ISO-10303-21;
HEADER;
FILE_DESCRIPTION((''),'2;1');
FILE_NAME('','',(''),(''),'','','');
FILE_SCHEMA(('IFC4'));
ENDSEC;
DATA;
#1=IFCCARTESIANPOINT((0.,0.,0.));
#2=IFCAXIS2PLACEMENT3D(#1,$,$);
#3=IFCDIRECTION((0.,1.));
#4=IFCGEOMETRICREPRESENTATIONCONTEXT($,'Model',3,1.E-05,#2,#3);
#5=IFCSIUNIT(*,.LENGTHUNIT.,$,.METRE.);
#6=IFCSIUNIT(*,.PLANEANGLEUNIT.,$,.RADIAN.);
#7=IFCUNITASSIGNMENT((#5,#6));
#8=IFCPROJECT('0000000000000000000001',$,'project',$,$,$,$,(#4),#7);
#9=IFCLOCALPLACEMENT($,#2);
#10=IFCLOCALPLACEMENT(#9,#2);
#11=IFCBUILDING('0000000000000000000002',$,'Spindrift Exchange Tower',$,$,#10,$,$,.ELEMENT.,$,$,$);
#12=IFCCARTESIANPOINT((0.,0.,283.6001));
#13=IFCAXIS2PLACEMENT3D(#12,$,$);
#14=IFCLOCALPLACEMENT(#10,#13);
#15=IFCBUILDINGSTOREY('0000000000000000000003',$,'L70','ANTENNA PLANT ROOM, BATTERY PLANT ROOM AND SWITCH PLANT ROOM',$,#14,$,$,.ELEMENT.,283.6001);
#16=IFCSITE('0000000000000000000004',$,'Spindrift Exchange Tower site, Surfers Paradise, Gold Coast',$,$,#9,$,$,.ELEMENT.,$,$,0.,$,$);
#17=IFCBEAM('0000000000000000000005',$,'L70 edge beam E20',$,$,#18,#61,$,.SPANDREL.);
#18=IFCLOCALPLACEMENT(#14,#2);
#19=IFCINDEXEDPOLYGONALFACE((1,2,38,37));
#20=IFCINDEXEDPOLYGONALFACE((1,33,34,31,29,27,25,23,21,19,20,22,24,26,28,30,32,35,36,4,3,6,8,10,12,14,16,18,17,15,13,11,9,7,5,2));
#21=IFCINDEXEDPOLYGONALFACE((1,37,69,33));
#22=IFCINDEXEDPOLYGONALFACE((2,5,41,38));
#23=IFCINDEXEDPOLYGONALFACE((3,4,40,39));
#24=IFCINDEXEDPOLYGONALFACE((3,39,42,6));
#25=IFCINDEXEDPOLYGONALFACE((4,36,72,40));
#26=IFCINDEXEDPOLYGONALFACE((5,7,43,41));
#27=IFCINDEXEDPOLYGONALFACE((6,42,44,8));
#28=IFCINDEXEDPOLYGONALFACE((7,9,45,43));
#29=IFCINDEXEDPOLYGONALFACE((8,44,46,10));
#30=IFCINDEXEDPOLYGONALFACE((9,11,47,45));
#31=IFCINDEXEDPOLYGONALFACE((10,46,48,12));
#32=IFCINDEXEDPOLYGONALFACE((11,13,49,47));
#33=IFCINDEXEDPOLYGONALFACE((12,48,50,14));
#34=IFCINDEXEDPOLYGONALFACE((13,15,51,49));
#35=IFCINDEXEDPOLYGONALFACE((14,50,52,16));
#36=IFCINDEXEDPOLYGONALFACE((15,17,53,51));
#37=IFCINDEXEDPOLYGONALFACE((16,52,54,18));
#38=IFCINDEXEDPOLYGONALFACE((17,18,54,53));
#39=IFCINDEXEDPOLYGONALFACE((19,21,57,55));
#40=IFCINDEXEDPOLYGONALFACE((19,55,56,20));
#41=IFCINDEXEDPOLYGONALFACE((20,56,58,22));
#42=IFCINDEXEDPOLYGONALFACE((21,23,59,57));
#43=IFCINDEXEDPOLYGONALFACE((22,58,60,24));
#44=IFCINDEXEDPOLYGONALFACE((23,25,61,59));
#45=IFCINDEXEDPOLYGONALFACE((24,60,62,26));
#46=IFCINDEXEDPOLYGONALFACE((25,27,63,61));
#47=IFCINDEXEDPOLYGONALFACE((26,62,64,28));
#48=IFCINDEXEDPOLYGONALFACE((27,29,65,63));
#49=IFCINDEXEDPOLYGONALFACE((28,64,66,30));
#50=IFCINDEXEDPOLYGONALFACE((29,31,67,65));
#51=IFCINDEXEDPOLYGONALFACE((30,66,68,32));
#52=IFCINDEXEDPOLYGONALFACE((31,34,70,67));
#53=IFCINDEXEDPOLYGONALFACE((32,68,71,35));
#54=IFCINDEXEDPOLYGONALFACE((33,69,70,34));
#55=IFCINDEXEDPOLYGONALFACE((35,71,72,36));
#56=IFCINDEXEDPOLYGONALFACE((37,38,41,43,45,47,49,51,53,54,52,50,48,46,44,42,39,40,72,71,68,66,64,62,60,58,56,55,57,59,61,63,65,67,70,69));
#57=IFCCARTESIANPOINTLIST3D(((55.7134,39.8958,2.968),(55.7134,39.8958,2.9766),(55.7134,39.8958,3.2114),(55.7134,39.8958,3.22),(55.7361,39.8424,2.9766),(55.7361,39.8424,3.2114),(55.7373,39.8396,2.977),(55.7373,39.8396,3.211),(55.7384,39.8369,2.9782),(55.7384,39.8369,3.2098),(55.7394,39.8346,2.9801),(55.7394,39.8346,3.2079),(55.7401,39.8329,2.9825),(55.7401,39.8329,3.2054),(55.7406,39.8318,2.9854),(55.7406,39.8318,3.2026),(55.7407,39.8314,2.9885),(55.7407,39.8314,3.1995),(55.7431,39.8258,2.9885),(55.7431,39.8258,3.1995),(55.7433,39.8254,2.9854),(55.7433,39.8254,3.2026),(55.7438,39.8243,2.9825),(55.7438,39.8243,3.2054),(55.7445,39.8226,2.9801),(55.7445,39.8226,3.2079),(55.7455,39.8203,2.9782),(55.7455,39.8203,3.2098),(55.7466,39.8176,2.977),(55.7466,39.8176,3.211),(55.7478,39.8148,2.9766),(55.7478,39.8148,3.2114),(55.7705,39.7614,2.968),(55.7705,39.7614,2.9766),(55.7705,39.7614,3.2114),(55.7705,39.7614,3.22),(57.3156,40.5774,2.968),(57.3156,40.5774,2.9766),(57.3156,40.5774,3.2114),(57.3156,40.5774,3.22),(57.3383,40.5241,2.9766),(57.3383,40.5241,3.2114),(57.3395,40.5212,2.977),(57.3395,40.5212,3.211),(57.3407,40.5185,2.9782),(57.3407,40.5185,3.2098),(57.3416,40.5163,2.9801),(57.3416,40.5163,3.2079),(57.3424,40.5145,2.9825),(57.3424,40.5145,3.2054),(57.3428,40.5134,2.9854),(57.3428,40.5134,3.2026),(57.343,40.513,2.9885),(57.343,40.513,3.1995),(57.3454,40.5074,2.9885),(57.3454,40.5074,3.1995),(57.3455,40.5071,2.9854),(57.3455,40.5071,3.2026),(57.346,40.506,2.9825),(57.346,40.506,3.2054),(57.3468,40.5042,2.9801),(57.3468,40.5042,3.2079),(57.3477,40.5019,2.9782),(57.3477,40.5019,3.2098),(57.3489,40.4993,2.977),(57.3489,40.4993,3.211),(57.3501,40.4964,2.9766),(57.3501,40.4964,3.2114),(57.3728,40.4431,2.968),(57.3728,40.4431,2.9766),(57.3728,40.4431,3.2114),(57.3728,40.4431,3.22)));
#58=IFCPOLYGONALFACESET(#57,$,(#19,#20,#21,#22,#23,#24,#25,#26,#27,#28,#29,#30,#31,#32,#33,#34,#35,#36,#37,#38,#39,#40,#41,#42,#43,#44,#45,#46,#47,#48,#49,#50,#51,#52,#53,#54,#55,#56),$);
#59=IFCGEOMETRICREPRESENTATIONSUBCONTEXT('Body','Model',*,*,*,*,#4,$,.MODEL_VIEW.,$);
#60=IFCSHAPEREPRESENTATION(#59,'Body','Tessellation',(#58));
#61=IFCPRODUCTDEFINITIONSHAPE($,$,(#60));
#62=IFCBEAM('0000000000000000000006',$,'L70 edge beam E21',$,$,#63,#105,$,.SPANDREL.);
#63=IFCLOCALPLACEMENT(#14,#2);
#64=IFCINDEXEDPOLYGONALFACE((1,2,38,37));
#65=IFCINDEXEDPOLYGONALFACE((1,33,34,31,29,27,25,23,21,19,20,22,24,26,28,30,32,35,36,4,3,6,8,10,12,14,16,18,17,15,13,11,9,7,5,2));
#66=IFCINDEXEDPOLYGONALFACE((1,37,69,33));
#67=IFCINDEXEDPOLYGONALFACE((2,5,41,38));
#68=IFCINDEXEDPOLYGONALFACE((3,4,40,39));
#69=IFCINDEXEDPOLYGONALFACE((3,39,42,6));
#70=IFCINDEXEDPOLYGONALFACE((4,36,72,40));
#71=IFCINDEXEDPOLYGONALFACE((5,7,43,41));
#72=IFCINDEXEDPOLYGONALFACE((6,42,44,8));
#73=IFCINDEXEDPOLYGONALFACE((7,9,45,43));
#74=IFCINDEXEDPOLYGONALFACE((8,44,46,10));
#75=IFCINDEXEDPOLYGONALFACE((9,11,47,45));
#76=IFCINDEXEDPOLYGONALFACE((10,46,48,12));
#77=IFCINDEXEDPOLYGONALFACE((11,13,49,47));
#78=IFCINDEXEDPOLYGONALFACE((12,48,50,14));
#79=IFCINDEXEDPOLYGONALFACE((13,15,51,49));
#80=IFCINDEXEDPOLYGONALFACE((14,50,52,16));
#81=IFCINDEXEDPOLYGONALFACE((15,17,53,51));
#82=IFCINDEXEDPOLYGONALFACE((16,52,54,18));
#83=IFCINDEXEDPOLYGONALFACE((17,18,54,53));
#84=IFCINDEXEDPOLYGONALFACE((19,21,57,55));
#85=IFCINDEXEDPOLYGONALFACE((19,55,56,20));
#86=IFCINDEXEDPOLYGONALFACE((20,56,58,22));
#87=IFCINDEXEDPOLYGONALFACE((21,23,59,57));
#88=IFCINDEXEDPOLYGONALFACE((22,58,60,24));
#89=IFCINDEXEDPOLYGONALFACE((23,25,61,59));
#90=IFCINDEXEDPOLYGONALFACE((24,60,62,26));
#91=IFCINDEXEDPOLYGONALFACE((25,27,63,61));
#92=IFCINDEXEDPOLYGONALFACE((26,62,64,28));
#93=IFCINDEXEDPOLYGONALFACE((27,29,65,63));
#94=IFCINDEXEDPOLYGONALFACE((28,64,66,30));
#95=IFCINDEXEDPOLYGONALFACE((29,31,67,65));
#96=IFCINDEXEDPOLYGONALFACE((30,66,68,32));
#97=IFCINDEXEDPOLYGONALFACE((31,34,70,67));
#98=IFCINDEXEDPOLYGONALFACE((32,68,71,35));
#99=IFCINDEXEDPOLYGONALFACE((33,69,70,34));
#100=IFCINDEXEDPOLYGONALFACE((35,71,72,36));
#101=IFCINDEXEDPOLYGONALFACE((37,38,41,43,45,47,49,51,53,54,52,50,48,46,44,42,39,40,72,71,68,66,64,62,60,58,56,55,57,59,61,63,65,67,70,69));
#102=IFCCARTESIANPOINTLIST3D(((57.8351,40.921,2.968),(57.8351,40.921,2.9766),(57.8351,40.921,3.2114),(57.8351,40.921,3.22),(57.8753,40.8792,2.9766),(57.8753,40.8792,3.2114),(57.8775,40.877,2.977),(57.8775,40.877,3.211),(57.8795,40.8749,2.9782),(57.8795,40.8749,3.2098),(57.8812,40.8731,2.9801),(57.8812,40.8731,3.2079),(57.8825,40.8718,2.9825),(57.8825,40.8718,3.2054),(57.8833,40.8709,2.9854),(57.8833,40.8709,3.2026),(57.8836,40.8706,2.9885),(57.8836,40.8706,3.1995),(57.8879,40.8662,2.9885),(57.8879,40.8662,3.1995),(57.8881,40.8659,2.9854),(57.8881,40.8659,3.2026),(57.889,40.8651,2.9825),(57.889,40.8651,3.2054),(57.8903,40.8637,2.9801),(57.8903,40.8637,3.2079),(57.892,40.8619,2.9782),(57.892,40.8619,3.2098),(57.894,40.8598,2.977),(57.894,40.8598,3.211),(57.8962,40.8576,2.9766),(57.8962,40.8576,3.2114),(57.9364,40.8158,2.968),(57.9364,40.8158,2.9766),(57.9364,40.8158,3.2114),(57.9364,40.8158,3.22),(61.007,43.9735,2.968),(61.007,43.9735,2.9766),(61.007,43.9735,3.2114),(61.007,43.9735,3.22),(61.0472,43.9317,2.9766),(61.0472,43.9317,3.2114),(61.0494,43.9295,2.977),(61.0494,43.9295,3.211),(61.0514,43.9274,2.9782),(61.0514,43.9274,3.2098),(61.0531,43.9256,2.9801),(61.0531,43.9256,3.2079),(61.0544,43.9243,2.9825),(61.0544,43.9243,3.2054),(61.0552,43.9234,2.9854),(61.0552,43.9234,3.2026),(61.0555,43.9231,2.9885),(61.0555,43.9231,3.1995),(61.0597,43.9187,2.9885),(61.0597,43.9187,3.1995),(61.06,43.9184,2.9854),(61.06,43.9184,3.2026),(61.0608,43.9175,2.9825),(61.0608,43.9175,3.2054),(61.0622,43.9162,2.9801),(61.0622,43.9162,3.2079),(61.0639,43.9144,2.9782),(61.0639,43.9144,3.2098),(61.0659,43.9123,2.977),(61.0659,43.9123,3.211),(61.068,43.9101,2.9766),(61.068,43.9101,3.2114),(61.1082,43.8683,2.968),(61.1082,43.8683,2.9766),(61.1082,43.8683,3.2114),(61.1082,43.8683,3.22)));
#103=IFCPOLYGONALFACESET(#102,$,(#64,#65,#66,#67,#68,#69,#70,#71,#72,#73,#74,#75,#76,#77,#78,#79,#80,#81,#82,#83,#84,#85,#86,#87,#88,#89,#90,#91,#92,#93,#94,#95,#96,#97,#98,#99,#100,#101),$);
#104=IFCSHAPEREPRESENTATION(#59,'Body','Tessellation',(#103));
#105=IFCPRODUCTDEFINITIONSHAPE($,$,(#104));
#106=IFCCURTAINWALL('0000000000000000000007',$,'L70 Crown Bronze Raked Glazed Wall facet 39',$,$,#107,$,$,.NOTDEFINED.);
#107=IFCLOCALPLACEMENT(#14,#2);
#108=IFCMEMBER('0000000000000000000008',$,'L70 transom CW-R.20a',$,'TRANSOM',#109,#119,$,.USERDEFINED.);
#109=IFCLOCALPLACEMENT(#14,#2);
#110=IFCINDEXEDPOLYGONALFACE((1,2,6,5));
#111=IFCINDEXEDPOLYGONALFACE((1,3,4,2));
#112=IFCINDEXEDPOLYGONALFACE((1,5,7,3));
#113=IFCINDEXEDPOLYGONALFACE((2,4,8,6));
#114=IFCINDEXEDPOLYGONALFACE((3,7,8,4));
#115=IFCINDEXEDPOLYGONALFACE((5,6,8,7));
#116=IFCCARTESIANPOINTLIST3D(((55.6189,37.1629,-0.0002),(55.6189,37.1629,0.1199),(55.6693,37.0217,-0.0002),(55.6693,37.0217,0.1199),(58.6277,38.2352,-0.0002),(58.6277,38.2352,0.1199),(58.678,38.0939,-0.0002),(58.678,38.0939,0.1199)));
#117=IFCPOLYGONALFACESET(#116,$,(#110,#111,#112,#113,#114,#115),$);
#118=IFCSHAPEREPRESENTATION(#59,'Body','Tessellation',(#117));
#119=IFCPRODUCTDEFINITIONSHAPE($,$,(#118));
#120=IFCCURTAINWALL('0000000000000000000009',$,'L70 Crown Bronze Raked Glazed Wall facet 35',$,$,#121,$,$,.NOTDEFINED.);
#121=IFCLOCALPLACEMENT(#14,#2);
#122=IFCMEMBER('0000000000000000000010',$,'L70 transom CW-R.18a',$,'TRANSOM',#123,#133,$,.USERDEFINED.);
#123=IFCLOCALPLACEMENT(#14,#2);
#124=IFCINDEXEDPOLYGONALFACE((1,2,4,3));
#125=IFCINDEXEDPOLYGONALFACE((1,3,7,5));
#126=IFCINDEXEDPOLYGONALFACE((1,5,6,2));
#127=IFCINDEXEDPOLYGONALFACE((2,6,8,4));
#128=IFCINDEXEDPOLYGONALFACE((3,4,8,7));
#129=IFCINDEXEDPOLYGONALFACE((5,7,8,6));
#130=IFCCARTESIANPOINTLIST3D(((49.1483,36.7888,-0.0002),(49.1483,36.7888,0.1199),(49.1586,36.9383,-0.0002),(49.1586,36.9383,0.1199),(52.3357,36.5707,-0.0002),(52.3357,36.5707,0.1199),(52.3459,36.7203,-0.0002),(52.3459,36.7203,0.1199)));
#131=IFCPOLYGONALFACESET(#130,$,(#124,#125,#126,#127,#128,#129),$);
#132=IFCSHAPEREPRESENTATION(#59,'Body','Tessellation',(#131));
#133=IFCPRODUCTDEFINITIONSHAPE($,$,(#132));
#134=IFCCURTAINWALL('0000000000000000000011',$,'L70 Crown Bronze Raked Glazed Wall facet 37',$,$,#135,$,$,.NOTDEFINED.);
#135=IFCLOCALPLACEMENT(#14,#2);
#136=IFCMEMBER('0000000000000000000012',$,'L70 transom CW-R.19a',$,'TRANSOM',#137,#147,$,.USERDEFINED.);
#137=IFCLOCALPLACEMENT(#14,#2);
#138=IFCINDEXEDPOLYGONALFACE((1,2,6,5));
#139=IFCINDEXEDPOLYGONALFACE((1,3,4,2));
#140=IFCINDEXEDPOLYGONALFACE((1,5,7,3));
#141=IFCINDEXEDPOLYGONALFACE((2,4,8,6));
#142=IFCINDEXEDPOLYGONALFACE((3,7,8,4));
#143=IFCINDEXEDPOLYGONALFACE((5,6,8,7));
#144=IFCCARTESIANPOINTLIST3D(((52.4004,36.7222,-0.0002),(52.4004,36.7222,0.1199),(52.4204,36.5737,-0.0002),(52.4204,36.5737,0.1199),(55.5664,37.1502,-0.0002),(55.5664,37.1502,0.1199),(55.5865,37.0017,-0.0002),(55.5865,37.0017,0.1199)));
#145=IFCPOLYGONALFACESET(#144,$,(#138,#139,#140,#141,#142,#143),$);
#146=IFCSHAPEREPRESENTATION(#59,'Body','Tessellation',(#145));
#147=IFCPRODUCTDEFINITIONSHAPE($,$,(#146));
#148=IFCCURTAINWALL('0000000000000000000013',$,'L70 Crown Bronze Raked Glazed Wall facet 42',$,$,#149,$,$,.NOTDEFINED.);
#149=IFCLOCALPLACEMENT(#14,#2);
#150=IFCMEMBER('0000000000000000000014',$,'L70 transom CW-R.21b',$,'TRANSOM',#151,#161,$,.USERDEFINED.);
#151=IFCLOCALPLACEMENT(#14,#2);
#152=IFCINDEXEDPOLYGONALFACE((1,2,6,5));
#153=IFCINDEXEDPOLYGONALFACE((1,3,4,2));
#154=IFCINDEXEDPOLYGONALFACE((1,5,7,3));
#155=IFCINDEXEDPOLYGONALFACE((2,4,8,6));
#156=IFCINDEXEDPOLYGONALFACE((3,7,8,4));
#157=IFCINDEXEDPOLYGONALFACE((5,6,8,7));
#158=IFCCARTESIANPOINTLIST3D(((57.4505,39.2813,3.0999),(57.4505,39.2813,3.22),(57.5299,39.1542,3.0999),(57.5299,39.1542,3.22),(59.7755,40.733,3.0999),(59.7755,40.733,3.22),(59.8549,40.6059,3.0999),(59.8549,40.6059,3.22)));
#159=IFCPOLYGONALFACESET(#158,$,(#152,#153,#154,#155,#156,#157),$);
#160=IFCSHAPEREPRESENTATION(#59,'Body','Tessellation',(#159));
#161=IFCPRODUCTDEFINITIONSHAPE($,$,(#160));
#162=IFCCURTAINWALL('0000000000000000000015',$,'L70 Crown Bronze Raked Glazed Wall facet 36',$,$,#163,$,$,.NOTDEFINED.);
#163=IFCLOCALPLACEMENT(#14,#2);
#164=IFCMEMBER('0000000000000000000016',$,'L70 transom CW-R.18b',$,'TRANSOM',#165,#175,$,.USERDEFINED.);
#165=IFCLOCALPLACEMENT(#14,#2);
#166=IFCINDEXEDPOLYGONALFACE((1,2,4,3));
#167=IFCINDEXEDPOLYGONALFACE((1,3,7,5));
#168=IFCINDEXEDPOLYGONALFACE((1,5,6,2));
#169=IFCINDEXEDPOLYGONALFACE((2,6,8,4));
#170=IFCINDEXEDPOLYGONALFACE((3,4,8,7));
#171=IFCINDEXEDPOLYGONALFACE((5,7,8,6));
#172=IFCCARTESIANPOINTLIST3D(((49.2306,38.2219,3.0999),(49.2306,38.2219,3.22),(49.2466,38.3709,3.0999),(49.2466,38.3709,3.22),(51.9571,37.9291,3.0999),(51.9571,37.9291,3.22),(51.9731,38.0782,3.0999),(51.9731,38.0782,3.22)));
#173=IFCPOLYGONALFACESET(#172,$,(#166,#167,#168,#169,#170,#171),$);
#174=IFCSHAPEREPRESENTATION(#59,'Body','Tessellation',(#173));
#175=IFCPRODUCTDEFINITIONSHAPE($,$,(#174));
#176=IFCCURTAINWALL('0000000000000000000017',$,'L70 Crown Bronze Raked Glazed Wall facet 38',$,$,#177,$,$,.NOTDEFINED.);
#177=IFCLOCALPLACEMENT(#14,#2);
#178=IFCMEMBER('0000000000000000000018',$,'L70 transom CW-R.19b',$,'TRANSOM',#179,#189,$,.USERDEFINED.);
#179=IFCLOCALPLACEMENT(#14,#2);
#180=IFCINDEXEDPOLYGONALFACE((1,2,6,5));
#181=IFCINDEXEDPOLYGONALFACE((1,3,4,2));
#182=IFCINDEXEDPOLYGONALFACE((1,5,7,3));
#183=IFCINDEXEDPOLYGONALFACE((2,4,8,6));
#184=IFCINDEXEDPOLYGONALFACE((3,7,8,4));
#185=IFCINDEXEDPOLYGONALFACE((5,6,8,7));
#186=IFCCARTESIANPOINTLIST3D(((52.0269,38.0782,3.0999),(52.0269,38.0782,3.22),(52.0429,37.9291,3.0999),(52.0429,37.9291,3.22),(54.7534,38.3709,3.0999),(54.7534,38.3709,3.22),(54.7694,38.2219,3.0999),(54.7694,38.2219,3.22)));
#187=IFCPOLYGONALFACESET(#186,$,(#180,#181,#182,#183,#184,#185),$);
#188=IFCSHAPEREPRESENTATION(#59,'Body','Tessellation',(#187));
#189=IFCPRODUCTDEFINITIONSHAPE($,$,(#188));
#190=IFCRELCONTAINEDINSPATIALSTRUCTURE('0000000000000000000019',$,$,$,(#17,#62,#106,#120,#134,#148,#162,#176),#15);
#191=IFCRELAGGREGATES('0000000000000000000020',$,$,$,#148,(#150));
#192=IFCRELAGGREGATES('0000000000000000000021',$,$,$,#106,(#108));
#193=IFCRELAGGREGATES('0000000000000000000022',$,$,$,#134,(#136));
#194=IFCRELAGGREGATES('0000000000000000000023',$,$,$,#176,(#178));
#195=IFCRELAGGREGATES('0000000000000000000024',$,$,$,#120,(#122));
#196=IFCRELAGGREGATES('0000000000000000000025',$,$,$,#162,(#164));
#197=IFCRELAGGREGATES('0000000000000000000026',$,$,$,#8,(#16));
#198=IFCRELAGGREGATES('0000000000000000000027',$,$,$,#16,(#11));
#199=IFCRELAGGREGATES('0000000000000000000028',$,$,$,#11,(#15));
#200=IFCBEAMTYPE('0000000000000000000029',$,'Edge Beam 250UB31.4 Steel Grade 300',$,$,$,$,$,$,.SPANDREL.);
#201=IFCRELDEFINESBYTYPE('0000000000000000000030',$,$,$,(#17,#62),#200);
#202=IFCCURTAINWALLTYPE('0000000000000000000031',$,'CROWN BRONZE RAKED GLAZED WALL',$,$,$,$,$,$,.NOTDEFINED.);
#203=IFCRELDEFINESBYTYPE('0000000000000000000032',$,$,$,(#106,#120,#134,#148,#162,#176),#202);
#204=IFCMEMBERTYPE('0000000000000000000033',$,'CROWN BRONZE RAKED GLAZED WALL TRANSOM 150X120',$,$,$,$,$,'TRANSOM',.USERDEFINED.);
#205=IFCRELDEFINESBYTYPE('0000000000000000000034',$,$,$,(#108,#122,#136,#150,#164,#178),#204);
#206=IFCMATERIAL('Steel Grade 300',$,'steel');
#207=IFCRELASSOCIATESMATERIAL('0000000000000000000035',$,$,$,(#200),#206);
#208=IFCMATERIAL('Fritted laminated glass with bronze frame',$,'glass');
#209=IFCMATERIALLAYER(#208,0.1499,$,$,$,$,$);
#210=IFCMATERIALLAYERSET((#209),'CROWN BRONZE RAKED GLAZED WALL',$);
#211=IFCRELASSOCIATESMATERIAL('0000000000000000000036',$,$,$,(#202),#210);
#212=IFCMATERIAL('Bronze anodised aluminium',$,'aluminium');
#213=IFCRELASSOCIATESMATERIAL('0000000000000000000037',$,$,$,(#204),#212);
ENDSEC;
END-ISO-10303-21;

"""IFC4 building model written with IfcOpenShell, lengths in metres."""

from ifc_helpers import new_model, si_unit, direction, frame, origin, origin_2d, place, context, subcontext, project, spatial, rectangle, i_section, extrude, source, transform, mapped, material, layer, layer_set, material_profile, profile_set, type_object, element, aggregate, save


model = new_model("IFC4")

# Units and contexts
model_context = context("Model", 3, precision=1e-05, world=origin(), true_north=direction((0.0, 1.0)))
body_context = subcontext(model_context, "Body", "Model", "MODEL_VIEW")
ifc_project = project(units=[si_unit("LENGTHUNIT", "METRE"), si_unit("PLANEANGLEUNIT", "RADIAN")], contexts=[model_context])

# Site, building, storey
site_placement = place(None, origin())
site = spatial("IfcSite", under=ifc_project, at=site_placement, Name="Spindrift Exchange Tower site, Surfers Paradise, Gold Coast", CompositionType="ELEMENT", RefElevation=0.0)
building_placement = place(site_placement, origin())
building = spatial("IfcBuilding", under=site, at=building_placement, Name="Spindrift Exchange Tower", CompositionType="ELEMENT")
storey_placement = place(building_placement, frame((0.0, 0.0, 283.6001)))
storey = spatial("IfcBuildingStorey", under=building, at=storey_placement, Name="L70", Description="ANTENNA PLANT ROOM, BATTERY PLANT ROOM AND SWITCH PLANT ROOM", CompositionType="ELEMENT", Elevation=283.6001)

# Beams
ifc_material_1 = material(Name="Steel Grade 300", Category="steel")
ifc_material_profile_1 = material_profile(ifc_material_1, i_section(OverallWidth=0.146, OverallDepth=0.252, WebThickness=0.0061, FlangeThickness=0.0085, FilletRadius=0.012, at=origin_2d()), Name="250UB31.4")
ifc_profile_set_1 = profile_set([ifc_material_profile_1], Name="Steel Grade 300")
beam_type_1 = type_object("IfcBeamType", Name="Edge Beam 250UB31.4 Steel Grade 300", PredefinedType="SPANDREL", material=ifc_profile_set_1)
shared_shape_1 = source(origin(), body_context, "Body", "SweptSolid", [
    extrude(i_section(OverallWidth=0.146, OverallDepth=0.252, WebThickness=0.0061, FlangeThickness=0.0085, FilletRadius=0.012, at=origin_2d()), origin(), (0.0, 0.0, 1.0), 1.7412),
])
beam_1_placement = place(storey_placement, frame((55.7419, 39.8286, 3.094), z_axis=(0.920193, 0.391464, 0.0), x_axis=(-0.391464, 0.920193, 0.0)))
element("IfcBeam", 1, at=beam_1_placement, inside=storey, type_object=beam_type_1, Name="L70 edge beam E20", PredefinedType="SPANDREL", context=body_context, shape_type="MappedRepresentation", body=[
    mapped(shared_shape_1, transform((0.0, 0.0, 0.0), scale=1.0)),
])
shared_shape_2 = source(origin(), body_context, "Body", "SweptSolid", [
    extrude(i_section(OverallWidth=0.146, OverallDepth=0.252, WebThickness=0.0061, FlangeThickness=0.0085, FilletRadius=0.012, at=origin_2d()), origin(), (0.0, 0.0, 1.0), 4.4021),
])
beam_2_placement = place(storey_placement, frame((57.8857, 40.8684, 3.094), z_axis=(0.720537, 0.693417, 0.0), x_axis=(-0.693417, 0.720537, 0.0)))
element("IfcBeam", 2, at=beam_2_placement, inside=storey, type_object=beam_type_1, Name="L70 edge beam E21", PredefinedType="SPANDREL", context=body_context, shape_type="MappedRepresentation", body=[
    mapped(shared_shape_2, transform((0.0, 0.0, 0.0), scale=1.0)),
])

# Curtain walls, members
ifc_material_2 = material(Name="Fritted laminated glass with bronze frame", Category="glass")
ifc_layer_1 = layer(ifc_material_2, 0.1499)
ifc_layer_set_1 = layer_set([ifc_layer_1], Name="CROWN BRONZE RAKED GLAZED WALL")
curtain_wall_type = type_object("IfcCurtainWallType", Name="CROWN BRONZE RAKED GLAZED WALL", PredefinedType="NOTDEFINED", material=ifc_layer_set_1)
curtain_wall_1_placement = place(storey_placement, origin())
curtain_wall_1 = element("IfcCurtainWall", 3, at=curtain_wall_1_placement, inside=storey, type_object=curtain_wall_type, Name="L70 Crown Bronze Raked Glazed Wall facet 39", PredefinedType="NOTDEFINED")
ifc_material_3 = material(Name="Bronze anodised aluminium", Category="aluminium")
ifc_material_profile_2 = material_profile(ifc_material_3, rectangle(XDim=0.1499, YDim=0.1201, at=origin_2d()), Name="CROWN BRONZE RAKED GLAZED WALL TRANSOM 150X120")
ifc_profile_set_2 = profile_set([ifc_material_profile_2], Name="Bronze anodised aluminium")
member_type_1 = type_object("IfcMemberType", Name="CROWN BRONZE RAKED GLAZED WALL TRANSOM 150X120", ElementType="TRANSOM", PredefinedType="USERDEFINED", material=ifc_profile_set_2)
shared_shape_3 = source(origin(), body_context, "Body", "SweptSolid", [
    extrude(rectangle(XDim=0.1499, YDim=0.1201, at=origin_2d()), origin(), (0.0, 0.0, 1.0), 3.1941),
])
member_1_placement = place(storey_placement, frame((58.6528, 38.1646, 0.0598), z_axis=(-0.94197, -0.335697, 0.0), x_axis=(0.335697, -0.94197, 0.0)))
member_1 = element("IfcMember", 4, at=member_1_placement, type_object=member_type_1, Name="L70 transom CW-R.20a", ObjectType="TRANSOM", PredefinedType="USERDEFINED", context=body_context, shape_type="MappedRepresentation", body=[
    mapped(shared_shape_3, transform((0.0, 0.0, 0.0), scale=1.0)),
])
curtain_wall_2_placement = place(storey_placement, origin())
curtain_wall_2 = element("IfcCurtainWall", 5, at=curtain_wall_2_placement, inside=storey, type_object=curtain_wall_type, Name="L70 Crown Bronze Raked Glazed Wall facet 35", PredefinedType="NOTDEFINED")
shared_shape_4 = source(origin(), body_context, "Body", "SweptSolid", [
    extrude(rectangle(XDim=0.1499, YDim=0.1201, at=origin_2d()), origin(), (0.0, 0.0, 1.0), 3.1948),
])
member_2_placement = place(storey_placement, frame((52.3408, 36.6455, 0.0598), z_axis=(-0.997669, 0.068243, 0.0), x_axis=(-0.068243, -0.997669, 0.0)))
member_2 = element("IfcMember", 6, at=member_2_placement, type_object=member_type_1, Name="L70 transom CW-R.18a", ObjectType="TRANSOM", PredefinedType="USERDEFINED", context=body_context, shape_type="MappedRepresentation", body=[
    mapped(shared_shape_4, transform((0.0, 0.0, 0.0), scale=1.0)),
])
curtain_wall_3_placement = place(storey_placement, origin())
curtain_wall_3 = element("IfcCurtainWall", 7, at=curtain_wall_3_placement, inside=storey, type_object=curtain_wall_type, Name="L70 Crown Bronze Raked Glazed Wall facet 37", PredefinedType="NOTDEFINED")
member_3_placement = place(storey_placement, frame((52.4104, 36.6479, 0.0598), z_axis=(0.990987, 0.13396, 0.0), x_axis=(-0.13396, 0.990987, 0.0)))
member_3 = element("IfcMember", 8, at=member_3_placement, type_object=member_type_1, Name="L70 transom CW-R.19a", ObjectType="TRANSOM", PredefinedType="USERDEFINED", context=body_context, shape_type="MappedRepresentation", body=[
    mapped(shared_shape_4, transform((0.0, 0.0, 0.0), scale=1.0)),
])
curtain_wall_4_placement = place(storey_placement, origin())
curtain_wall_4 = element("IfcCurtainWall", 9, at=curtain_wall_4_placement, inside=storey, type_object=curtain_wall_type, Name="L70 Crown Bronze Raked Glazed Wall facet 42", PredefinedType="NOTDEFINED")
shared_shape_5 = source(origin(), body_context, "Body", "SweptSolid", [
    extrude(rectangle(XDim=0.1499, YDim=0.1201, at=origin_2d()), origin(), (0.0, 0.0, 1.0), 2.741),
])
member_4_placement = place(storey_placement, frame((57.4902, 39.2178, 3.1599), z_axis=(0.848233, 0.529623, 0.0), x_axis=(-0.529623, 0.848233, 0.0)))
member_4 = element("IfcMember", 10, at=member_4_placement, type_object=member_type_1, Name="L70 transom CW-R.21b", ObjectType="TRANSOM", PredefinedType="USERDEFINED", context=body_context, shape_type="MappedRepresentation", body=[
    mapped(shared_shape_5, transform((0.0, 0.0, 0.0), scale=1.0)),
])
aggregate(curtain_wall_4, [member_4])
curtain_wall_5_placement = place(storey_placement, origin())
curtain_wall_5 = element("IfcCurtainWall", 11, at=curtain_wall_5_placement, inside=storey, type_object=curtain_wall_type, Name="L70 Crown Bronze Raked Glazed Wall facet 36", PredefinedType="NOTDEFINED")
shared_shape_6 = source(origin(), body_context, "Body", "SweptSolid", [
    extrude(rectangle(XDim=0.1499, YDim=0.1201, at=origin_2d()), origin(), (0.0, 0.0, 1.0), 2.7422),
])
member_5_placement = place(storey_placement, frame((51.9651, 38.0037, 3.1599), z_axis=(-0.994286, 0.106747, 0.0), x_axis=(-0.106747, -0.994286, 0.0)))
member_5 = element("IfcMember", 12, at=member_5_placement, type_object=member_type_1, Name="L70 transom CW-R.18b", ObjectType="TRANSOM", PredefinedType="USERDEFINED", context=body_context, shape_type="MappedRepresentation", body=[
    mapped(shared_shape_6, transform((0.0, 0.0, 0.0), scale=1.0)),
])
curtain_wall_6_placement = place(storey_placement, origin())
curtain_wall_6 = element("IfcCurtainWall", 13, at=curtain_wall_6_placement, inside=storey, type_object=curtain_wall_type, Name="L70 Crown Bronze Raked Glazed Wall facet 38", PredefinedType="NOTDEFINED")
member_6_placement = place(storey_placement, frame((52.0349, 38.0037, 3.1599), z_axis=(0.994286, 0.106747, 0.0), x_axis=(-0.106747, 0.994286, 0.0)))
member_6 = element("IfcMember", 14, at=member_6_placement, type_object=member_type_1, Name="L70 transom CW-R.19b", ObjectType="TRANSOM", PredefinedType="USERDEFINED", context=body_context, shape_type="MappedRepresentation", body=[
    mapped(shared_shape_6, transform((0.0, 0.0, 0.0), scale=1.0)),
])

aggregate(curtain_wall_1, [member_1])

aggregate(curtain_wall_3, [member_3])
aggregate(curtain_wall_6, [member_6])
aggregate(curtain_wall_2, [member_2])
aggregate(curtain_wall_5, [member_5])

save(model, "model.ifc")
